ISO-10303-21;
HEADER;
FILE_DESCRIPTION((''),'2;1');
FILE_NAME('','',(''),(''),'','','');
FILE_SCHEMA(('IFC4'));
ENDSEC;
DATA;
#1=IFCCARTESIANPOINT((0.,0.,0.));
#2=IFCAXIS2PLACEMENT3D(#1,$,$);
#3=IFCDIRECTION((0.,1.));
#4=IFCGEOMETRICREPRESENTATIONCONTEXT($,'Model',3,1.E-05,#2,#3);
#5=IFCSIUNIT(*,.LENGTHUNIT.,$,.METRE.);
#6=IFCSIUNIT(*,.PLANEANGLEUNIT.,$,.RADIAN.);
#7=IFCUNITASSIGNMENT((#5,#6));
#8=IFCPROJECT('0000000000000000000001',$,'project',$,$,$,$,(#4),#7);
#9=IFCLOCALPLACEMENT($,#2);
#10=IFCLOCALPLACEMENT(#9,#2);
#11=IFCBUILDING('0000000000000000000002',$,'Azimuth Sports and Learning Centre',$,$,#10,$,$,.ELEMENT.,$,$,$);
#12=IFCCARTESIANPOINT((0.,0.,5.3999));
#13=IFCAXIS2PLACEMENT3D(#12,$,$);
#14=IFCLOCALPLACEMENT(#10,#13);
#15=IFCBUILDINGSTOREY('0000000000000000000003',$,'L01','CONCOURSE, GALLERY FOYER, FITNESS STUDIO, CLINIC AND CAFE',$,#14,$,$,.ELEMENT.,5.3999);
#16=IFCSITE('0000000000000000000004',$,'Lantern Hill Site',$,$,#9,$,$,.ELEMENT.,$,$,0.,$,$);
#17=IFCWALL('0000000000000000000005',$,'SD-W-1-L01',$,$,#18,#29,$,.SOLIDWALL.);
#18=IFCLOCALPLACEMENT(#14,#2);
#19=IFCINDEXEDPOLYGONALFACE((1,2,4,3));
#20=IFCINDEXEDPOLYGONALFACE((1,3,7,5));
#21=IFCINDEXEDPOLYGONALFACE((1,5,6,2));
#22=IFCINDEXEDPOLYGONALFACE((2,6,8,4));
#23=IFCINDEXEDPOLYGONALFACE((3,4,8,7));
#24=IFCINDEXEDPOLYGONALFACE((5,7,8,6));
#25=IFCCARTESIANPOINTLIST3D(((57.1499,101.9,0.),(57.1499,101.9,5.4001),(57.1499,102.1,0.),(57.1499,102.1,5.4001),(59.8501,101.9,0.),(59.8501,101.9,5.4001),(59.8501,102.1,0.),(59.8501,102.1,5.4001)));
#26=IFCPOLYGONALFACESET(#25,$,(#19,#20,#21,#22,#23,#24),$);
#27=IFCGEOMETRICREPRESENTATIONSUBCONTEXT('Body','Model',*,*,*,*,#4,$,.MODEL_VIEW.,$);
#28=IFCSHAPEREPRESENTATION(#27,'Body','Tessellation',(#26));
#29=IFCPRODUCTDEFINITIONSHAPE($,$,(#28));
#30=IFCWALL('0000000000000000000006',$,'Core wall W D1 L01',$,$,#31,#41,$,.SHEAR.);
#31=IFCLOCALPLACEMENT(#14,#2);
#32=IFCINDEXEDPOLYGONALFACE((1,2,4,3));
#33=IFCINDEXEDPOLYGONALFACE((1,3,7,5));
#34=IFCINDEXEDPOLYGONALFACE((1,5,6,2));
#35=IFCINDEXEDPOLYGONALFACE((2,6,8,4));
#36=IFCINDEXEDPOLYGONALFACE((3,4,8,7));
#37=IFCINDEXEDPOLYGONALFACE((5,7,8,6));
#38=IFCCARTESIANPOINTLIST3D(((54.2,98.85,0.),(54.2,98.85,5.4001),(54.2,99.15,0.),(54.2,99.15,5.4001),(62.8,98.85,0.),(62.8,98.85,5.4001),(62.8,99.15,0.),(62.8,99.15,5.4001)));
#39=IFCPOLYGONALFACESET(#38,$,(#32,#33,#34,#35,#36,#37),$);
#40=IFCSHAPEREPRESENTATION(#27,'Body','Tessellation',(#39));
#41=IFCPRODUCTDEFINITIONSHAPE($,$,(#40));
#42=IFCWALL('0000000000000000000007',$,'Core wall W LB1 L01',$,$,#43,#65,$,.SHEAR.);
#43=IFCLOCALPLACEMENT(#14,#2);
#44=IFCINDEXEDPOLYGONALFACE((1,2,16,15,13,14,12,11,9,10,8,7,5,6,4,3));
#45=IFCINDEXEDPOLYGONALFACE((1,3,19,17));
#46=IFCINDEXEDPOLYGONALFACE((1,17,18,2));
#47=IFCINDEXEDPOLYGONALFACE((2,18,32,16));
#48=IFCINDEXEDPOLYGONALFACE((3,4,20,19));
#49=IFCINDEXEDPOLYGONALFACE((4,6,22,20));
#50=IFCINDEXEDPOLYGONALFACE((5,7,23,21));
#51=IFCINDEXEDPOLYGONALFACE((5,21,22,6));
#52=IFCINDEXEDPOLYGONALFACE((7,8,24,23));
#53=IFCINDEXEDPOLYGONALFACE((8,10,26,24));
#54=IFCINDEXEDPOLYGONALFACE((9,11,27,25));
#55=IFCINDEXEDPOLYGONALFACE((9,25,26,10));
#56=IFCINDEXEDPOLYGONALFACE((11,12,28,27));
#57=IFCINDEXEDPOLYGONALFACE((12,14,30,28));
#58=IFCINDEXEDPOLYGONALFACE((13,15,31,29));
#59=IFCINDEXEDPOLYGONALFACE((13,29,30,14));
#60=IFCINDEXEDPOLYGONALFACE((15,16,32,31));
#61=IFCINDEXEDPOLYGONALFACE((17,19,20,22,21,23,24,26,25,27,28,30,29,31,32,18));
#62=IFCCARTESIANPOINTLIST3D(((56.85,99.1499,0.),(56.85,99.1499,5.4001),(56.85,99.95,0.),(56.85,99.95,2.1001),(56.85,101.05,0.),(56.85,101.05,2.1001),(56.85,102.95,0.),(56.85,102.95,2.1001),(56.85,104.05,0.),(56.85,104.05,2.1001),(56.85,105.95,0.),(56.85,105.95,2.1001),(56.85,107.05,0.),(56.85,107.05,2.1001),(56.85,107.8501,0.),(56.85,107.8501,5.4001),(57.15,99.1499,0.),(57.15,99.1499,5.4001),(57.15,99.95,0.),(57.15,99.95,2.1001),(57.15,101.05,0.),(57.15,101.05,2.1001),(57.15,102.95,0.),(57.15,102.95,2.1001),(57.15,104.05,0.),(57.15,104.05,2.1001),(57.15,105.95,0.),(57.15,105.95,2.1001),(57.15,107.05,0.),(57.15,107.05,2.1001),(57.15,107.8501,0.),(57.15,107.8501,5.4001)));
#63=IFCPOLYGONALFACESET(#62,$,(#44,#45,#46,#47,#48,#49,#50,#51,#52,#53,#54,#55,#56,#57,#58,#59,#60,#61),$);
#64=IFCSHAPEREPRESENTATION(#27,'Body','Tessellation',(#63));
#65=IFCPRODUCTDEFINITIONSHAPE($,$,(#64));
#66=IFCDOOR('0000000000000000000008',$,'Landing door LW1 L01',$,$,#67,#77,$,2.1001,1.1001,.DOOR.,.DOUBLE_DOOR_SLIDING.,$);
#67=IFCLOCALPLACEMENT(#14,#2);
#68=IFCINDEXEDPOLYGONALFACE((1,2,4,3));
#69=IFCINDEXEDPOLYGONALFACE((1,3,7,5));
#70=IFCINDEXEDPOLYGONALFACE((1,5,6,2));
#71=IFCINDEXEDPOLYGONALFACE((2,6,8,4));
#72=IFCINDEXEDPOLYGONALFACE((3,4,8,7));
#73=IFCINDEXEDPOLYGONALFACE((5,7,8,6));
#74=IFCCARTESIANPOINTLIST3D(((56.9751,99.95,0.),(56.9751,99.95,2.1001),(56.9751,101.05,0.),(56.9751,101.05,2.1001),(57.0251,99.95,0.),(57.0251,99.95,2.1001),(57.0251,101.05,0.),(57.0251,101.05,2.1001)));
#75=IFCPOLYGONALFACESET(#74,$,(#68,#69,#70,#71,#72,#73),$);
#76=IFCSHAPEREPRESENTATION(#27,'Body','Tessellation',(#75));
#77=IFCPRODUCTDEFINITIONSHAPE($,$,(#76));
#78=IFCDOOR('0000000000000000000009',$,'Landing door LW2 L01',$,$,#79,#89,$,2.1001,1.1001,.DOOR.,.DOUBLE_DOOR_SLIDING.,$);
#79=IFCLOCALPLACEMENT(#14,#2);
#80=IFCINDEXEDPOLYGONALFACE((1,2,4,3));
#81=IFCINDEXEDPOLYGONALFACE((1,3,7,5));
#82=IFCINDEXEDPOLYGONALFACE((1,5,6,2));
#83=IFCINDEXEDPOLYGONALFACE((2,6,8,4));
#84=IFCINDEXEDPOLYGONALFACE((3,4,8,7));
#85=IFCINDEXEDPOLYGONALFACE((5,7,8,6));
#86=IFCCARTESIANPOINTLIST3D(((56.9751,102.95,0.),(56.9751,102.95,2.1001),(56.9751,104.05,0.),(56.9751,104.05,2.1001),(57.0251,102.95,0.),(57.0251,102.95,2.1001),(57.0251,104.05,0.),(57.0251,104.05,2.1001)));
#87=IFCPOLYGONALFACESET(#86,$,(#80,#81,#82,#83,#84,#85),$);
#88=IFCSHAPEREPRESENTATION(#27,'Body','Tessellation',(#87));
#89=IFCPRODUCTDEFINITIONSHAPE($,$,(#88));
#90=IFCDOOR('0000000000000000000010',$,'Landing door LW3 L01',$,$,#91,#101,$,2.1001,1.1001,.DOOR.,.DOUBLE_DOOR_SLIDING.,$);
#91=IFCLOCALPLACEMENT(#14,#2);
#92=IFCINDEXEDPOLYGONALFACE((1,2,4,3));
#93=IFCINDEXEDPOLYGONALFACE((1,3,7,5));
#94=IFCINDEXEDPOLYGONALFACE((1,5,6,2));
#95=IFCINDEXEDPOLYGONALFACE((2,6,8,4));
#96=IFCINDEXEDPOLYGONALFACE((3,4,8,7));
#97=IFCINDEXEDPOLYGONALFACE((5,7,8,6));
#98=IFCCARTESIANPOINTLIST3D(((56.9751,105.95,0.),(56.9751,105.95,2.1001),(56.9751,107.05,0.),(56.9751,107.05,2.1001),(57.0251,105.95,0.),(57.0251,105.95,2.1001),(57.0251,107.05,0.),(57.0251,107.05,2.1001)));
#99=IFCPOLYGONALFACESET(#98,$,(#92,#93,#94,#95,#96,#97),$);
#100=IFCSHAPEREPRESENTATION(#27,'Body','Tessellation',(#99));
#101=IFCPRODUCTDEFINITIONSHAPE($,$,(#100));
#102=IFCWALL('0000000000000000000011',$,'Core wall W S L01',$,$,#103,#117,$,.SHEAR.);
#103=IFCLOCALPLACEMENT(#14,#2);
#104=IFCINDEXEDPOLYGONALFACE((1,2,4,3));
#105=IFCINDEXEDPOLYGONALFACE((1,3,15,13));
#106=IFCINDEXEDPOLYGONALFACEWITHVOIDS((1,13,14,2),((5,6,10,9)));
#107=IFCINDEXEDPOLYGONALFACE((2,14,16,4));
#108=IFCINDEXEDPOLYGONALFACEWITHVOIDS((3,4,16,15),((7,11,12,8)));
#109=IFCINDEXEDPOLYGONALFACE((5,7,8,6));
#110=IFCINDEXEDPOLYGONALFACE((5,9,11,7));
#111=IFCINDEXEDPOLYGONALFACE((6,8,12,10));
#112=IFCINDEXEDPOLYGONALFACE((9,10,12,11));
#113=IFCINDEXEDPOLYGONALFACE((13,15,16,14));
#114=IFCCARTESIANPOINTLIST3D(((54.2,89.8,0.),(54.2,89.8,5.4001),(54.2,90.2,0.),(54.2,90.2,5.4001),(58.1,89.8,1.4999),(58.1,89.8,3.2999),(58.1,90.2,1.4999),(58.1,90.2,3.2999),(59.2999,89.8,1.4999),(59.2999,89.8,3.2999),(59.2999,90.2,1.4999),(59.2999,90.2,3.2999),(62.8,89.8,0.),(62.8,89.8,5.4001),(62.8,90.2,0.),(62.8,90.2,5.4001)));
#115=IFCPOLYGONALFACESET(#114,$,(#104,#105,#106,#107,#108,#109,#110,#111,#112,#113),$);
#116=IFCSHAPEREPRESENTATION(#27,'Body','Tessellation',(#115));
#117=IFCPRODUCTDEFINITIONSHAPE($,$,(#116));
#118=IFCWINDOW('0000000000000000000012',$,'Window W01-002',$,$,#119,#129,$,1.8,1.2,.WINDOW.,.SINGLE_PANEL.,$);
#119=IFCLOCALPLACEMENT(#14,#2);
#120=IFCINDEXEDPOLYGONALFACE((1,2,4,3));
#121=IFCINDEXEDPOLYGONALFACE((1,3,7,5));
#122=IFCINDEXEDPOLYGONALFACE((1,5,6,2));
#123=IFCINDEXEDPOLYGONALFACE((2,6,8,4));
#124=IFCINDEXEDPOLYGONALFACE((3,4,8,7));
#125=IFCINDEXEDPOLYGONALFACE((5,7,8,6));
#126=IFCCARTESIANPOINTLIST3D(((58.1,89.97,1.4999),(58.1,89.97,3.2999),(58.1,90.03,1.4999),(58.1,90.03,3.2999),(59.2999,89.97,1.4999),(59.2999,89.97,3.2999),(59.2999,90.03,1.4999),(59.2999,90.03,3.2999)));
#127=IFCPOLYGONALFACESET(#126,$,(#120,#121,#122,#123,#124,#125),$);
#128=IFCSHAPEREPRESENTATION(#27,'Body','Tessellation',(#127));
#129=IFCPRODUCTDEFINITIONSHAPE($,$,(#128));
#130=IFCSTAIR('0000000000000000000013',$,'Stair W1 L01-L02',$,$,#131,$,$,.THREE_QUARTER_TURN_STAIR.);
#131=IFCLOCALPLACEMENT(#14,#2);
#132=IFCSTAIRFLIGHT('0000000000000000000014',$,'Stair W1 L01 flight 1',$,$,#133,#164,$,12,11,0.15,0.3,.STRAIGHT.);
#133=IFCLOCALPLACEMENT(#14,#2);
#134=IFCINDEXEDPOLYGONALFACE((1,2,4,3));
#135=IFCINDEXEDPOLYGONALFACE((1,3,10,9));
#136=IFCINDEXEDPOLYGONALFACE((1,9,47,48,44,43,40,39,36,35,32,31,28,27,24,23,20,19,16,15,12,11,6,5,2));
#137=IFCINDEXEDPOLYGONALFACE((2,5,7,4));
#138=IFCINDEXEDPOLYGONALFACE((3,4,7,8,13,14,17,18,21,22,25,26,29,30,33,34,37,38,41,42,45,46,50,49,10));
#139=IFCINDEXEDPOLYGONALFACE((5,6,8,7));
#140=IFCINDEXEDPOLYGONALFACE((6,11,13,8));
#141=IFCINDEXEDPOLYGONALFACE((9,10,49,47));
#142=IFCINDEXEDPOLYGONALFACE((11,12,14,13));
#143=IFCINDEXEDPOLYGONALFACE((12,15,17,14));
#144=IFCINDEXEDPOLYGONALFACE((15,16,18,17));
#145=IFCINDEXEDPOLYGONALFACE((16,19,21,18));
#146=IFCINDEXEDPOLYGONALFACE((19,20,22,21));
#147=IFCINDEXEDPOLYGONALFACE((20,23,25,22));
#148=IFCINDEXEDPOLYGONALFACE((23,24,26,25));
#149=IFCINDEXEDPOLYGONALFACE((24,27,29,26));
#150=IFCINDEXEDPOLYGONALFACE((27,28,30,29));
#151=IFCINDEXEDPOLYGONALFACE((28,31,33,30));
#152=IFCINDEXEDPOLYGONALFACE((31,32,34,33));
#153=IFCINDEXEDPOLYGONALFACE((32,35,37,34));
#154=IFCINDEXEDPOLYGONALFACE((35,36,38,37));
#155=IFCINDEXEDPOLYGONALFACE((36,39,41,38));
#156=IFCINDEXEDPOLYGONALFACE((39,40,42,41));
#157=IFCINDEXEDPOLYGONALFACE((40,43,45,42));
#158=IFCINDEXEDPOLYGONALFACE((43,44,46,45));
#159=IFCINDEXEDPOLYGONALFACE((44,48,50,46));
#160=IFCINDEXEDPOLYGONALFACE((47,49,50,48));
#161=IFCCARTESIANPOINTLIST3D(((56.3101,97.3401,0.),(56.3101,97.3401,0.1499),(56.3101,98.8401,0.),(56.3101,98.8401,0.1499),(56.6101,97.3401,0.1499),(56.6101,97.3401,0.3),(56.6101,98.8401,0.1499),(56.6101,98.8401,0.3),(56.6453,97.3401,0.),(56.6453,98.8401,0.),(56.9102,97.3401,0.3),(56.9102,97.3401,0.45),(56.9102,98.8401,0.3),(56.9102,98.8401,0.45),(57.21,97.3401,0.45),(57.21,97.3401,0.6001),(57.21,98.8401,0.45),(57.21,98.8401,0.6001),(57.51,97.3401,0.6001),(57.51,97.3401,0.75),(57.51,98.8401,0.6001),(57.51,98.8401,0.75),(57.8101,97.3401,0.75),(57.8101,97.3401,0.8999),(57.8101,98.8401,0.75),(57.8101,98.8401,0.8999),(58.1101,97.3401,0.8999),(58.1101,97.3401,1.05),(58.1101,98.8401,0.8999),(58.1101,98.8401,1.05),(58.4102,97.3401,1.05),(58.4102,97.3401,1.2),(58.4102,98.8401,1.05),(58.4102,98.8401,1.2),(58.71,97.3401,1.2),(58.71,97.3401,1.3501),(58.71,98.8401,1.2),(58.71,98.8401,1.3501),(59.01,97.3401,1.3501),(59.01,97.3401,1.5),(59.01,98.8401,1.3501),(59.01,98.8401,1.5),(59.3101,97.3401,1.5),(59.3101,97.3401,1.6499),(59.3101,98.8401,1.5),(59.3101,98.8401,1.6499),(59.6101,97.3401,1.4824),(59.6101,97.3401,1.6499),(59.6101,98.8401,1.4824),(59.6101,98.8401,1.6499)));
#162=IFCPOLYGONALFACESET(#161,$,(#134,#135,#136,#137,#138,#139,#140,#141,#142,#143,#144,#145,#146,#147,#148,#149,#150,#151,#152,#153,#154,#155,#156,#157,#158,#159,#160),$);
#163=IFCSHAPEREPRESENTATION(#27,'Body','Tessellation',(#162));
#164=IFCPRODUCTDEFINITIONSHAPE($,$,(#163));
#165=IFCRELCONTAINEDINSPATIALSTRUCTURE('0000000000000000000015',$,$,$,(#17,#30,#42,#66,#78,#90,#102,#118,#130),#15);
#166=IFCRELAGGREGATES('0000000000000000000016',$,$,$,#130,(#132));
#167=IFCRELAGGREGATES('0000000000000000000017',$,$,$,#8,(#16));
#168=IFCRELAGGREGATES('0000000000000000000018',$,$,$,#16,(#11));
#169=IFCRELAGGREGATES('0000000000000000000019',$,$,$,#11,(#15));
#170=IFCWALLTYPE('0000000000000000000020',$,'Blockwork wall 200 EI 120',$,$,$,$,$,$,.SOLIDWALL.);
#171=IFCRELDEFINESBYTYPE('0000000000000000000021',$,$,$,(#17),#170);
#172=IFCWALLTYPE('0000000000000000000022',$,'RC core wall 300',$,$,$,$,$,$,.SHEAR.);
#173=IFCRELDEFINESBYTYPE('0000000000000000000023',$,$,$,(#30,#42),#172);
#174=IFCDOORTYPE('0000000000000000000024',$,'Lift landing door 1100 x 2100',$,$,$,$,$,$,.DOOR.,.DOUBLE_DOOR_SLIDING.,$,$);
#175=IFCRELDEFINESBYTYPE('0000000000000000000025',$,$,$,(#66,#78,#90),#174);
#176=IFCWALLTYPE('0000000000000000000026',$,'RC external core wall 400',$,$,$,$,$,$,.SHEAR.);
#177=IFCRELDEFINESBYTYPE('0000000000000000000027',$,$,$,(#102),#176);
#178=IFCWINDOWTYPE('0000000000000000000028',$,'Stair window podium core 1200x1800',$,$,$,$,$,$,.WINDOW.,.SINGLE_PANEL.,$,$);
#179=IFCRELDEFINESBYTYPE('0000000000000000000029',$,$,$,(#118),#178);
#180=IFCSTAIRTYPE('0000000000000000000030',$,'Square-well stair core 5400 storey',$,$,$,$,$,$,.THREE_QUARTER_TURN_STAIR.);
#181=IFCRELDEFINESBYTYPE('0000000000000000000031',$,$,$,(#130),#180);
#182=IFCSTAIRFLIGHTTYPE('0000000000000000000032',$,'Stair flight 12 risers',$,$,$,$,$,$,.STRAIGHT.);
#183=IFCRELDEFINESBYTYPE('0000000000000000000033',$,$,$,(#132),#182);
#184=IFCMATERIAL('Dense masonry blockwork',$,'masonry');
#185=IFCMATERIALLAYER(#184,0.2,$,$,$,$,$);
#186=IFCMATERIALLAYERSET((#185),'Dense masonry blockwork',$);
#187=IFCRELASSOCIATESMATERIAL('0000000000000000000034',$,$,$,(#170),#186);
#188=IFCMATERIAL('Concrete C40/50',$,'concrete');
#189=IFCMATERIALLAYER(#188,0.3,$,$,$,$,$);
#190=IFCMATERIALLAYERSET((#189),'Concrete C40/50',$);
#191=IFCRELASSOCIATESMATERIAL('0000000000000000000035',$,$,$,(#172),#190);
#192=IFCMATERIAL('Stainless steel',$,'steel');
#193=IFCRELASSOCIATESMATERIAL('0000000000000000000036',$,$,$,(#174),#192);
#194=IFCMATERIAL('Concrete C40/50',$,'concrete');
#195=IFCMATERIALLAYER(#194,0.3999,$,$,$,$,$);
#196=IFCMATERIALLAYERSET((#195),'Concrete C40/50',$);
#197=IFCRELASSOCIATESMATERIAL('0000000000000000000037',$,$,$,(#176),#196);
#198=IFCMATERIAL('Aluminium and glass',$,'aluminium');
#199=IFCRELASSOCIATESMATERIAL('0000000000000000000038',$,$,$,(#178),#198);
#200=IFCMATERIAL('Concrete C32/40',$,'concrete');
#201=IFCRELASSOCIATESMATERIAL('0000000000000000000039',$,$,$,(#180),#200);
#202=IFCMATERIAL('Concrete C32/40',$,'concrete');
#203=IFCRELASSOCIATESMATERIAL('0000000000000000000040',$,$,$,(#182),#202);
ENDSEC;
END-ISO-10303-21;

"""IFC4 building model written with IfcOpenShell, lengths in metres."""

from ifc_helpers import new_model, si_unit, direction, frame, frame_2d, origin, place, context, subcontext, project, spatial, polyline, rectangle, outline, extrude, material, layer, layer_set, type_object, element, fill, aggregate, save


model = new_model("IFC4")

# Units and contexts
model_context = context("Model", 3, precision=1e-05, world=origin(), true_north=direction((0.0, 1.0)))
body_context = subcontext(model_context, "Body", "Model", "MODEL_VIEW")
ifc_project = project(units=[si_unit("LENGTHUNIT", "METRE"), si_unit("PLANEANGLEUNIT", "RADIAN")], contexts=[model_context])

# Site, building, storey
site_placement = place(None, origin())
site = spatial("IfcSite", under=ifc_project, at=site_placement, Name="Lantern Hill Site", CompositionType="ELEMENT", RefElevation=0.0)
building_placement = place(site_placement, origin())
building = spatial("IfcBuilding", under=site, at=building_placement, Name="Azimuth Sports and Learning Centre", CompositionType="ELEMENT")
storey_placement = place(building_placement, frame((0.0, 0.0, 5.3999)))
storey = spatial("IfcBuildingStorey", under=building, at=storey_placement, Name="L01", Description="CONCOURSE, GALLERY FOYER, FITNESS STUDIO, CLINIC AND CAFE", CompositionType="ELEMENT", Elevation=5.3999)

# Walls
ifc_material_1 = material(Name="Dense masonry blockwork", Category="masonry")
ifc_layer_1 = layer(ifc_material_1, 0.2)
ifc_layer_set_1 = layer_set([ifc_layer_1], Name="Dense masonry blockwork")
wall_type_1 = type_object("IfcWallType", Name="Blockwork wall 200 EI 120", PredefinedType="SOLIDWALL", material=ifc_layer_set_1)
wall_1_placement = place(storey_placement, frame((57.1499, 102.0, 0.0), z_axis=(0.0, 0.0, 1.0), x_axis=(1.0, 0.0, 0.0)))
element("IfcWall", 1, at=wall_1_placement, inside=storey, type_object=wall_type_1, Name="SD-W-1-L01", PredefinedType="SOLIDWALL", context=body_context, shape_type="SweptSolid", body=[
    extrude(rectangle(XDim=2.7002, YDim=0.2, at=frame_2d((1.3501, 0.0))), origin(), (0.0, 0.0, 1.0), 5.4001),
])
ifc_material_2 = material(Name="Concrete C40/50", Category="concrete")
ifc_layer_2 = layer(ifc_material_2, 0.3)
ifc_layer_set_2 = layer_set([ifc_layer_2], Name="Concrete C40/50")
wall_type_2 = type_object("IfcWallType", Name="RC core wall 300", PredefinedType="SHEAR", material=ifc_layer_set_2)
wall_2_placement = place(storey_placement, frame((54.2, 99.0, 0.0), z_axis=(0.0, 0.0, 1.0), x_axis=(1.0, 0.0, 0.0)))
element("IfcWall", 2, at=wall_2_placement, inside=storey, type_object=wall_type_2, Name="Core wall W D1 L01", PredefinedType="SHEAR", context=body_context, shape_type="SweptSolid", body=[
    extrude(rectangle(XDim=8.6001, YDim=0.3, at=frame_2d((4.3, 0.0))), origin(), (0.0, 0.0, 1.0), 5.4001),
])

# Wall, openings, doors
wall_3_placement = place(storey_placement, frame((57.0, 99.1499, 0.0), z_axis=(0.0, 0.0, 1.0), x_axis=(0.0, 1.0, 0.0)))
wall_3 = element("IfcWall", 3, at=wall_3_placement, inside=storey, type_object=wall_type_2, Name="Core wall W LB1 L01", PredefinedType="SHEAR", context=body_context, shape_type="SweptSolid", body=[
    extrude(rectangle(XDim=8.7002, YDim=0.3, at=frame_2d((4.3501, 0.0))), origin(), (0.0, 0.0, 1.0), 5.4001),
])
opening_1_placement = place(wall_3_placement, frame((0.8, 0.0, 0.0)))
opening_1 = element("IfcOpeningElement", 4, at=opening_1_placement, cuts=wall_3, PredefinedType="OPENING", context=body_context, shape_type="SweptSolid", body=[
    extrude(rectangle(XDim=1.1001, YDim=2.1001, at=frame_2d((0.55, 1.05))), frame((0.0, 0.1611, 0.0), z_axis=(0.0, -1.0, 0.0), x_axis=(1.0, 0.0, 0.0)), (0.0, 0.0, 1.0), 0.322),
])
opening_2_placement = place(wall_3_placement, frame((3.8, 0.0, 0.0)))
opening_2 = element("IfcOpeningElement", 5, at=opening_2_placement, cuts=wall_3, PredefinedType="OPENING", context=body_context, shape_type="SweptSolid", body=[
    extrude(rectangle(XDim=1.1001, YDim=2.1001, at=frame_2d((0.55, 1.05))), frame((0.0, 0.1611, 0.0), z_axis=(0.0, -1.0, 0.0), x_axis=(1.0, 0.0, 0.0)), (0.0, 0.0, 1.0), 0.322),
])
opening_3_placement = place(wall_3_placement, frame((6.8, 0.0, 0.0)))
opening_3 = element("IfcOpeningElement", 6, at=opening_3_placement, cuts=wall_3, PredefinedType="OPENING", context=body_context, shape_type="SweptSolid", body=[
    extrude(rectangle(XDim=1.1001, YDim=2.1001, at=frame_2d((0.55, 1.05))), frame((0.0, 0.1611, 0.0), z_axis=(0.0, -1.0, 0.0), x_axis=(1.0, 0.0, 0.0)), (0.0, 0.0, 1.0), 0.322),
])
ifc_material_3 = material(Name="Stainless steel", Category="steel")
door_type = type_object("IfcDoorType", Name="Lift landing door 1100 x 2100", OperationType="DOUBLE_DOOR_SLIDING", PredefinedType="DOOR", material=ifc_material_3)
door_1_placement = place(opening_1_placement, origin())
door_1 = element("IfcDoor", 7, at=door_1_placement, inside=storey, type_object=door_type, Name="Landing door LW1 L01", OperationType="DOUBLE_DOOR_SLIDING", OverallHeight=2.1001, OverallWidth=1.1001, PredefinedType="DOOR", context=body_context, shape_type="SweptSolid", body=[
    extrude(rectangle(XDim=1.1001, YDim=2.1001, at=frame_2d((0.55, 1.05))), frame((0.0, 0.0249, 0.0), z_axis=(0.0, -1.0, 0.0), x_axis=(1.0, 0.0, 0.0)), (0.0, 0.0, 1.0), 0.05),
])
fill(opening_1, door_1)
door_2_placement = place(opening_2_placement, origin())
door_2 = element("IfcDoor", 8, at=door_2_placement, inside=storey, type_object=door_type, Name="Landing door LW2 L01", OperationType="DOUBLE_DOOR_SLIDING", OverallHeight=2.1001, OverallWidth=1.1001, PredefinedType="DOOR", context=body_context, shape_type="SweptSolid", body=[
    extrude(rectangle(XDim=1.1001, YDim=2.1001, at=frame_2d((0.55, 1.05))), frame((0.0, 0.0249, 0.0), z_axis=(0.0, -1.0, 0.0), x_axis=(1.0, 0.0, 0.0)), (0.0, 0.0, 1.0), 0.05),
])
fill(opening_2, door_2)
door_3_placement = place(opening_3_placement, origin())
door_3 = element("IfcDoor", 9, at=door_3_placement, inside=storey, type_object=door_type, Name="Landing door LW3 L01", OperationType="DOUBLE_DOOR_SLIDING", OverallHeight=2.1001, OverallWidth=1.1001, PredefinedType="DOOR", context=body_context, shape_type="SweptSolid", body=[
    extrude(rectangle(XDim=1.1001, YDim=2.1001, at=frame_2d((0.55, 1.05))), frame((0.0, 0.0249, 0.0), z_axis=(0.0, -1.0, 0.0), x_axis=(1.0, 0.0, 0.0)), (0.0, 0.0, 1.0), 0.05),
])
fill(opening_3, door_3)

# Wall, opening, window
ifc_material_4 = material(Name="Concrete C40/50", Category="concrete")
ifc_layer_3 = layer(ifc_material_4, 0.3999)
ifc_layer_set_3 = layer_set([ifc_layer_3], Name="Concrete C40/50")
wall_type_3 = type_object("IfcWallType", Name="RC external core wall 400", PredefinedType="SHEAR", material=ifc_layer_set_3)
wall_4_placement = place(storey_placement, frame((54.2, 90.0, 0.0), z_axis=(0.0, 0.0, 1.0), x_axis=(1.0, 0.0, 0.0)))
wall_4 = element("IfcWall", 10, at=wall_4_placement, inside=storey, type_object=wall_type_3, Name="Core wall W S L01", PredefinedType="SHEAR", context=body_context, shape_type="SweptSolid", body=[
    extrude(rectangle(XDim=8.6001, YDim=0.3999, at=frame_2d((4.3, 0.0))), origin(), (0.0, 0.0, 1.0), 5.4001),
])
opening_4_placement = place(wall_4_placement, frame((3.8999, 0.0, 1.5)))
opening_4 = element("IfcOpeningElement", 11, at=opening_4_placement, cuts=wall_4, PredefinedType="OPENING", context=body_context, shape_type="SweptSolid", body=[
    extrude(rectangle(XDim=1.2, YDim=1.8, at=frame_2d((0.6001, 0.8999))), frame((0.0, 0.2109, 0.0), z_axis=(0.0, -1.0, 0.0), x_axis=(1.0, 0.0, 0.0)), (0.0, 0.0, 1.0), 0.4219),
])
ifc_material_5 = material(Name="Aluminium and glass", Category="aluminium")
window_type = type_object("IfcWindowType", Name="Stair window podium core 1200x1800", PartitioningType="SINGLE_PANEL", PredefinedType="WINDOW", material=ifc_material_5)
window_placement = place(opening_4_placement, origin())
window = element("IfcWindow", 12, at=window_placement, inside=storey, type_object=window_type, Name="Window W01-002", OverallHeight=1.8, OverallWidth=1.2, PartitioningType="SINGLE_PANEL", PredefinedType="WINDOW", context=body_context, shape_type="SweptSolid", body=[
    extrude(rectangle(XDim=1.2, YDim=1.8, at=frame_2d((0.6001, 0.8999))), frame((0.0, 0.03, 0.0), z_axis=(0.0, -1.0, 0.0), x_axis=(1.0, 0.0, 0.0)), (0.0, 0.0, 1.0), 0.0601),
])
fill(opening_4, window)

# Stair, stair flight
ifc_material_6 = material(Name="Concrete C32/40", Category="concrete")
stair_type = type_object("IfcStairType", Name="Square-well stair core 5400 storey", PredefinedType="THREE_QUARTER_TURN_STAIR", material=ifc_material_6)
stair_placement = place(storey_placement, origin())
stair = element("IfcStair", 13, at=stair_placement, inside=storey, type_object=stair_type, Name="Stair W1 L01-L02", PredefinedType="THREE_QUARTER_TURN_STAIR")
ifc_material_7 = material(Name="Concrete C32/40", Category="concrete")
stair_flight_type = type_object("IfcStairFlightType", Name="Stair flight 12 risers", PredefinedType="STRAIGHT", material=ifc_material_7)
stair_flight_placement = place(storey_placement, frame((56.3101, 98.0901, 0.0), z_axis=(0.0, 0.0, 1.0), x_axis=(1.0, 0.0, 0.0)))
stair_flight = element("IfcStairFlight", 14, at=stair_flight_placement, type_object=stair_flight_type, Name="Stair W1 L01 flight 1", NumberOfRisers=12, NumberOfTreads=11, PredefinedType="STRAIGHT", RiserHeight=0.15, TreadLength=0.3, context=body_context, shape_type="SweptSolid", body=[
    extrude(outline(polyline([(0.0, 0.0), (0.0, 0.1499), (0.3, 0.1499), (0.3, 0.3), (0.6001, 0.3), (0.6001, 0.45), (0.8999, 0.45), (0.8999, 0.6001), (1.2, 0.6001), (1.2, 0.75), (1.5, 0.75), (1.5, 0.8999), (1.8, 0.8999), (1.8, 1.05), (2.1001, 1.05), (2.1001, 1.2), (2.3999, 1.2), (2.3999, 1.3501), (2.7, 1.3501), (2.7, 1.5), (3.0, 1.5), (3.0, 1.6499), (3.3, 1.6499), (3.3, 1.8), (3.3, 1.4824), (0.3352, 0.0), (0.0, 0.0)])), frame((0.0, 0.75, 0.0), z_axis=(0.0, -1.0, 0.0), x_axis=(1.0, 0.0, 0.0)), (0.0, 0.0, 1.0), 1.5),
])
aggregate(stair, [stair_flight])

save(model, "model.ifc")
